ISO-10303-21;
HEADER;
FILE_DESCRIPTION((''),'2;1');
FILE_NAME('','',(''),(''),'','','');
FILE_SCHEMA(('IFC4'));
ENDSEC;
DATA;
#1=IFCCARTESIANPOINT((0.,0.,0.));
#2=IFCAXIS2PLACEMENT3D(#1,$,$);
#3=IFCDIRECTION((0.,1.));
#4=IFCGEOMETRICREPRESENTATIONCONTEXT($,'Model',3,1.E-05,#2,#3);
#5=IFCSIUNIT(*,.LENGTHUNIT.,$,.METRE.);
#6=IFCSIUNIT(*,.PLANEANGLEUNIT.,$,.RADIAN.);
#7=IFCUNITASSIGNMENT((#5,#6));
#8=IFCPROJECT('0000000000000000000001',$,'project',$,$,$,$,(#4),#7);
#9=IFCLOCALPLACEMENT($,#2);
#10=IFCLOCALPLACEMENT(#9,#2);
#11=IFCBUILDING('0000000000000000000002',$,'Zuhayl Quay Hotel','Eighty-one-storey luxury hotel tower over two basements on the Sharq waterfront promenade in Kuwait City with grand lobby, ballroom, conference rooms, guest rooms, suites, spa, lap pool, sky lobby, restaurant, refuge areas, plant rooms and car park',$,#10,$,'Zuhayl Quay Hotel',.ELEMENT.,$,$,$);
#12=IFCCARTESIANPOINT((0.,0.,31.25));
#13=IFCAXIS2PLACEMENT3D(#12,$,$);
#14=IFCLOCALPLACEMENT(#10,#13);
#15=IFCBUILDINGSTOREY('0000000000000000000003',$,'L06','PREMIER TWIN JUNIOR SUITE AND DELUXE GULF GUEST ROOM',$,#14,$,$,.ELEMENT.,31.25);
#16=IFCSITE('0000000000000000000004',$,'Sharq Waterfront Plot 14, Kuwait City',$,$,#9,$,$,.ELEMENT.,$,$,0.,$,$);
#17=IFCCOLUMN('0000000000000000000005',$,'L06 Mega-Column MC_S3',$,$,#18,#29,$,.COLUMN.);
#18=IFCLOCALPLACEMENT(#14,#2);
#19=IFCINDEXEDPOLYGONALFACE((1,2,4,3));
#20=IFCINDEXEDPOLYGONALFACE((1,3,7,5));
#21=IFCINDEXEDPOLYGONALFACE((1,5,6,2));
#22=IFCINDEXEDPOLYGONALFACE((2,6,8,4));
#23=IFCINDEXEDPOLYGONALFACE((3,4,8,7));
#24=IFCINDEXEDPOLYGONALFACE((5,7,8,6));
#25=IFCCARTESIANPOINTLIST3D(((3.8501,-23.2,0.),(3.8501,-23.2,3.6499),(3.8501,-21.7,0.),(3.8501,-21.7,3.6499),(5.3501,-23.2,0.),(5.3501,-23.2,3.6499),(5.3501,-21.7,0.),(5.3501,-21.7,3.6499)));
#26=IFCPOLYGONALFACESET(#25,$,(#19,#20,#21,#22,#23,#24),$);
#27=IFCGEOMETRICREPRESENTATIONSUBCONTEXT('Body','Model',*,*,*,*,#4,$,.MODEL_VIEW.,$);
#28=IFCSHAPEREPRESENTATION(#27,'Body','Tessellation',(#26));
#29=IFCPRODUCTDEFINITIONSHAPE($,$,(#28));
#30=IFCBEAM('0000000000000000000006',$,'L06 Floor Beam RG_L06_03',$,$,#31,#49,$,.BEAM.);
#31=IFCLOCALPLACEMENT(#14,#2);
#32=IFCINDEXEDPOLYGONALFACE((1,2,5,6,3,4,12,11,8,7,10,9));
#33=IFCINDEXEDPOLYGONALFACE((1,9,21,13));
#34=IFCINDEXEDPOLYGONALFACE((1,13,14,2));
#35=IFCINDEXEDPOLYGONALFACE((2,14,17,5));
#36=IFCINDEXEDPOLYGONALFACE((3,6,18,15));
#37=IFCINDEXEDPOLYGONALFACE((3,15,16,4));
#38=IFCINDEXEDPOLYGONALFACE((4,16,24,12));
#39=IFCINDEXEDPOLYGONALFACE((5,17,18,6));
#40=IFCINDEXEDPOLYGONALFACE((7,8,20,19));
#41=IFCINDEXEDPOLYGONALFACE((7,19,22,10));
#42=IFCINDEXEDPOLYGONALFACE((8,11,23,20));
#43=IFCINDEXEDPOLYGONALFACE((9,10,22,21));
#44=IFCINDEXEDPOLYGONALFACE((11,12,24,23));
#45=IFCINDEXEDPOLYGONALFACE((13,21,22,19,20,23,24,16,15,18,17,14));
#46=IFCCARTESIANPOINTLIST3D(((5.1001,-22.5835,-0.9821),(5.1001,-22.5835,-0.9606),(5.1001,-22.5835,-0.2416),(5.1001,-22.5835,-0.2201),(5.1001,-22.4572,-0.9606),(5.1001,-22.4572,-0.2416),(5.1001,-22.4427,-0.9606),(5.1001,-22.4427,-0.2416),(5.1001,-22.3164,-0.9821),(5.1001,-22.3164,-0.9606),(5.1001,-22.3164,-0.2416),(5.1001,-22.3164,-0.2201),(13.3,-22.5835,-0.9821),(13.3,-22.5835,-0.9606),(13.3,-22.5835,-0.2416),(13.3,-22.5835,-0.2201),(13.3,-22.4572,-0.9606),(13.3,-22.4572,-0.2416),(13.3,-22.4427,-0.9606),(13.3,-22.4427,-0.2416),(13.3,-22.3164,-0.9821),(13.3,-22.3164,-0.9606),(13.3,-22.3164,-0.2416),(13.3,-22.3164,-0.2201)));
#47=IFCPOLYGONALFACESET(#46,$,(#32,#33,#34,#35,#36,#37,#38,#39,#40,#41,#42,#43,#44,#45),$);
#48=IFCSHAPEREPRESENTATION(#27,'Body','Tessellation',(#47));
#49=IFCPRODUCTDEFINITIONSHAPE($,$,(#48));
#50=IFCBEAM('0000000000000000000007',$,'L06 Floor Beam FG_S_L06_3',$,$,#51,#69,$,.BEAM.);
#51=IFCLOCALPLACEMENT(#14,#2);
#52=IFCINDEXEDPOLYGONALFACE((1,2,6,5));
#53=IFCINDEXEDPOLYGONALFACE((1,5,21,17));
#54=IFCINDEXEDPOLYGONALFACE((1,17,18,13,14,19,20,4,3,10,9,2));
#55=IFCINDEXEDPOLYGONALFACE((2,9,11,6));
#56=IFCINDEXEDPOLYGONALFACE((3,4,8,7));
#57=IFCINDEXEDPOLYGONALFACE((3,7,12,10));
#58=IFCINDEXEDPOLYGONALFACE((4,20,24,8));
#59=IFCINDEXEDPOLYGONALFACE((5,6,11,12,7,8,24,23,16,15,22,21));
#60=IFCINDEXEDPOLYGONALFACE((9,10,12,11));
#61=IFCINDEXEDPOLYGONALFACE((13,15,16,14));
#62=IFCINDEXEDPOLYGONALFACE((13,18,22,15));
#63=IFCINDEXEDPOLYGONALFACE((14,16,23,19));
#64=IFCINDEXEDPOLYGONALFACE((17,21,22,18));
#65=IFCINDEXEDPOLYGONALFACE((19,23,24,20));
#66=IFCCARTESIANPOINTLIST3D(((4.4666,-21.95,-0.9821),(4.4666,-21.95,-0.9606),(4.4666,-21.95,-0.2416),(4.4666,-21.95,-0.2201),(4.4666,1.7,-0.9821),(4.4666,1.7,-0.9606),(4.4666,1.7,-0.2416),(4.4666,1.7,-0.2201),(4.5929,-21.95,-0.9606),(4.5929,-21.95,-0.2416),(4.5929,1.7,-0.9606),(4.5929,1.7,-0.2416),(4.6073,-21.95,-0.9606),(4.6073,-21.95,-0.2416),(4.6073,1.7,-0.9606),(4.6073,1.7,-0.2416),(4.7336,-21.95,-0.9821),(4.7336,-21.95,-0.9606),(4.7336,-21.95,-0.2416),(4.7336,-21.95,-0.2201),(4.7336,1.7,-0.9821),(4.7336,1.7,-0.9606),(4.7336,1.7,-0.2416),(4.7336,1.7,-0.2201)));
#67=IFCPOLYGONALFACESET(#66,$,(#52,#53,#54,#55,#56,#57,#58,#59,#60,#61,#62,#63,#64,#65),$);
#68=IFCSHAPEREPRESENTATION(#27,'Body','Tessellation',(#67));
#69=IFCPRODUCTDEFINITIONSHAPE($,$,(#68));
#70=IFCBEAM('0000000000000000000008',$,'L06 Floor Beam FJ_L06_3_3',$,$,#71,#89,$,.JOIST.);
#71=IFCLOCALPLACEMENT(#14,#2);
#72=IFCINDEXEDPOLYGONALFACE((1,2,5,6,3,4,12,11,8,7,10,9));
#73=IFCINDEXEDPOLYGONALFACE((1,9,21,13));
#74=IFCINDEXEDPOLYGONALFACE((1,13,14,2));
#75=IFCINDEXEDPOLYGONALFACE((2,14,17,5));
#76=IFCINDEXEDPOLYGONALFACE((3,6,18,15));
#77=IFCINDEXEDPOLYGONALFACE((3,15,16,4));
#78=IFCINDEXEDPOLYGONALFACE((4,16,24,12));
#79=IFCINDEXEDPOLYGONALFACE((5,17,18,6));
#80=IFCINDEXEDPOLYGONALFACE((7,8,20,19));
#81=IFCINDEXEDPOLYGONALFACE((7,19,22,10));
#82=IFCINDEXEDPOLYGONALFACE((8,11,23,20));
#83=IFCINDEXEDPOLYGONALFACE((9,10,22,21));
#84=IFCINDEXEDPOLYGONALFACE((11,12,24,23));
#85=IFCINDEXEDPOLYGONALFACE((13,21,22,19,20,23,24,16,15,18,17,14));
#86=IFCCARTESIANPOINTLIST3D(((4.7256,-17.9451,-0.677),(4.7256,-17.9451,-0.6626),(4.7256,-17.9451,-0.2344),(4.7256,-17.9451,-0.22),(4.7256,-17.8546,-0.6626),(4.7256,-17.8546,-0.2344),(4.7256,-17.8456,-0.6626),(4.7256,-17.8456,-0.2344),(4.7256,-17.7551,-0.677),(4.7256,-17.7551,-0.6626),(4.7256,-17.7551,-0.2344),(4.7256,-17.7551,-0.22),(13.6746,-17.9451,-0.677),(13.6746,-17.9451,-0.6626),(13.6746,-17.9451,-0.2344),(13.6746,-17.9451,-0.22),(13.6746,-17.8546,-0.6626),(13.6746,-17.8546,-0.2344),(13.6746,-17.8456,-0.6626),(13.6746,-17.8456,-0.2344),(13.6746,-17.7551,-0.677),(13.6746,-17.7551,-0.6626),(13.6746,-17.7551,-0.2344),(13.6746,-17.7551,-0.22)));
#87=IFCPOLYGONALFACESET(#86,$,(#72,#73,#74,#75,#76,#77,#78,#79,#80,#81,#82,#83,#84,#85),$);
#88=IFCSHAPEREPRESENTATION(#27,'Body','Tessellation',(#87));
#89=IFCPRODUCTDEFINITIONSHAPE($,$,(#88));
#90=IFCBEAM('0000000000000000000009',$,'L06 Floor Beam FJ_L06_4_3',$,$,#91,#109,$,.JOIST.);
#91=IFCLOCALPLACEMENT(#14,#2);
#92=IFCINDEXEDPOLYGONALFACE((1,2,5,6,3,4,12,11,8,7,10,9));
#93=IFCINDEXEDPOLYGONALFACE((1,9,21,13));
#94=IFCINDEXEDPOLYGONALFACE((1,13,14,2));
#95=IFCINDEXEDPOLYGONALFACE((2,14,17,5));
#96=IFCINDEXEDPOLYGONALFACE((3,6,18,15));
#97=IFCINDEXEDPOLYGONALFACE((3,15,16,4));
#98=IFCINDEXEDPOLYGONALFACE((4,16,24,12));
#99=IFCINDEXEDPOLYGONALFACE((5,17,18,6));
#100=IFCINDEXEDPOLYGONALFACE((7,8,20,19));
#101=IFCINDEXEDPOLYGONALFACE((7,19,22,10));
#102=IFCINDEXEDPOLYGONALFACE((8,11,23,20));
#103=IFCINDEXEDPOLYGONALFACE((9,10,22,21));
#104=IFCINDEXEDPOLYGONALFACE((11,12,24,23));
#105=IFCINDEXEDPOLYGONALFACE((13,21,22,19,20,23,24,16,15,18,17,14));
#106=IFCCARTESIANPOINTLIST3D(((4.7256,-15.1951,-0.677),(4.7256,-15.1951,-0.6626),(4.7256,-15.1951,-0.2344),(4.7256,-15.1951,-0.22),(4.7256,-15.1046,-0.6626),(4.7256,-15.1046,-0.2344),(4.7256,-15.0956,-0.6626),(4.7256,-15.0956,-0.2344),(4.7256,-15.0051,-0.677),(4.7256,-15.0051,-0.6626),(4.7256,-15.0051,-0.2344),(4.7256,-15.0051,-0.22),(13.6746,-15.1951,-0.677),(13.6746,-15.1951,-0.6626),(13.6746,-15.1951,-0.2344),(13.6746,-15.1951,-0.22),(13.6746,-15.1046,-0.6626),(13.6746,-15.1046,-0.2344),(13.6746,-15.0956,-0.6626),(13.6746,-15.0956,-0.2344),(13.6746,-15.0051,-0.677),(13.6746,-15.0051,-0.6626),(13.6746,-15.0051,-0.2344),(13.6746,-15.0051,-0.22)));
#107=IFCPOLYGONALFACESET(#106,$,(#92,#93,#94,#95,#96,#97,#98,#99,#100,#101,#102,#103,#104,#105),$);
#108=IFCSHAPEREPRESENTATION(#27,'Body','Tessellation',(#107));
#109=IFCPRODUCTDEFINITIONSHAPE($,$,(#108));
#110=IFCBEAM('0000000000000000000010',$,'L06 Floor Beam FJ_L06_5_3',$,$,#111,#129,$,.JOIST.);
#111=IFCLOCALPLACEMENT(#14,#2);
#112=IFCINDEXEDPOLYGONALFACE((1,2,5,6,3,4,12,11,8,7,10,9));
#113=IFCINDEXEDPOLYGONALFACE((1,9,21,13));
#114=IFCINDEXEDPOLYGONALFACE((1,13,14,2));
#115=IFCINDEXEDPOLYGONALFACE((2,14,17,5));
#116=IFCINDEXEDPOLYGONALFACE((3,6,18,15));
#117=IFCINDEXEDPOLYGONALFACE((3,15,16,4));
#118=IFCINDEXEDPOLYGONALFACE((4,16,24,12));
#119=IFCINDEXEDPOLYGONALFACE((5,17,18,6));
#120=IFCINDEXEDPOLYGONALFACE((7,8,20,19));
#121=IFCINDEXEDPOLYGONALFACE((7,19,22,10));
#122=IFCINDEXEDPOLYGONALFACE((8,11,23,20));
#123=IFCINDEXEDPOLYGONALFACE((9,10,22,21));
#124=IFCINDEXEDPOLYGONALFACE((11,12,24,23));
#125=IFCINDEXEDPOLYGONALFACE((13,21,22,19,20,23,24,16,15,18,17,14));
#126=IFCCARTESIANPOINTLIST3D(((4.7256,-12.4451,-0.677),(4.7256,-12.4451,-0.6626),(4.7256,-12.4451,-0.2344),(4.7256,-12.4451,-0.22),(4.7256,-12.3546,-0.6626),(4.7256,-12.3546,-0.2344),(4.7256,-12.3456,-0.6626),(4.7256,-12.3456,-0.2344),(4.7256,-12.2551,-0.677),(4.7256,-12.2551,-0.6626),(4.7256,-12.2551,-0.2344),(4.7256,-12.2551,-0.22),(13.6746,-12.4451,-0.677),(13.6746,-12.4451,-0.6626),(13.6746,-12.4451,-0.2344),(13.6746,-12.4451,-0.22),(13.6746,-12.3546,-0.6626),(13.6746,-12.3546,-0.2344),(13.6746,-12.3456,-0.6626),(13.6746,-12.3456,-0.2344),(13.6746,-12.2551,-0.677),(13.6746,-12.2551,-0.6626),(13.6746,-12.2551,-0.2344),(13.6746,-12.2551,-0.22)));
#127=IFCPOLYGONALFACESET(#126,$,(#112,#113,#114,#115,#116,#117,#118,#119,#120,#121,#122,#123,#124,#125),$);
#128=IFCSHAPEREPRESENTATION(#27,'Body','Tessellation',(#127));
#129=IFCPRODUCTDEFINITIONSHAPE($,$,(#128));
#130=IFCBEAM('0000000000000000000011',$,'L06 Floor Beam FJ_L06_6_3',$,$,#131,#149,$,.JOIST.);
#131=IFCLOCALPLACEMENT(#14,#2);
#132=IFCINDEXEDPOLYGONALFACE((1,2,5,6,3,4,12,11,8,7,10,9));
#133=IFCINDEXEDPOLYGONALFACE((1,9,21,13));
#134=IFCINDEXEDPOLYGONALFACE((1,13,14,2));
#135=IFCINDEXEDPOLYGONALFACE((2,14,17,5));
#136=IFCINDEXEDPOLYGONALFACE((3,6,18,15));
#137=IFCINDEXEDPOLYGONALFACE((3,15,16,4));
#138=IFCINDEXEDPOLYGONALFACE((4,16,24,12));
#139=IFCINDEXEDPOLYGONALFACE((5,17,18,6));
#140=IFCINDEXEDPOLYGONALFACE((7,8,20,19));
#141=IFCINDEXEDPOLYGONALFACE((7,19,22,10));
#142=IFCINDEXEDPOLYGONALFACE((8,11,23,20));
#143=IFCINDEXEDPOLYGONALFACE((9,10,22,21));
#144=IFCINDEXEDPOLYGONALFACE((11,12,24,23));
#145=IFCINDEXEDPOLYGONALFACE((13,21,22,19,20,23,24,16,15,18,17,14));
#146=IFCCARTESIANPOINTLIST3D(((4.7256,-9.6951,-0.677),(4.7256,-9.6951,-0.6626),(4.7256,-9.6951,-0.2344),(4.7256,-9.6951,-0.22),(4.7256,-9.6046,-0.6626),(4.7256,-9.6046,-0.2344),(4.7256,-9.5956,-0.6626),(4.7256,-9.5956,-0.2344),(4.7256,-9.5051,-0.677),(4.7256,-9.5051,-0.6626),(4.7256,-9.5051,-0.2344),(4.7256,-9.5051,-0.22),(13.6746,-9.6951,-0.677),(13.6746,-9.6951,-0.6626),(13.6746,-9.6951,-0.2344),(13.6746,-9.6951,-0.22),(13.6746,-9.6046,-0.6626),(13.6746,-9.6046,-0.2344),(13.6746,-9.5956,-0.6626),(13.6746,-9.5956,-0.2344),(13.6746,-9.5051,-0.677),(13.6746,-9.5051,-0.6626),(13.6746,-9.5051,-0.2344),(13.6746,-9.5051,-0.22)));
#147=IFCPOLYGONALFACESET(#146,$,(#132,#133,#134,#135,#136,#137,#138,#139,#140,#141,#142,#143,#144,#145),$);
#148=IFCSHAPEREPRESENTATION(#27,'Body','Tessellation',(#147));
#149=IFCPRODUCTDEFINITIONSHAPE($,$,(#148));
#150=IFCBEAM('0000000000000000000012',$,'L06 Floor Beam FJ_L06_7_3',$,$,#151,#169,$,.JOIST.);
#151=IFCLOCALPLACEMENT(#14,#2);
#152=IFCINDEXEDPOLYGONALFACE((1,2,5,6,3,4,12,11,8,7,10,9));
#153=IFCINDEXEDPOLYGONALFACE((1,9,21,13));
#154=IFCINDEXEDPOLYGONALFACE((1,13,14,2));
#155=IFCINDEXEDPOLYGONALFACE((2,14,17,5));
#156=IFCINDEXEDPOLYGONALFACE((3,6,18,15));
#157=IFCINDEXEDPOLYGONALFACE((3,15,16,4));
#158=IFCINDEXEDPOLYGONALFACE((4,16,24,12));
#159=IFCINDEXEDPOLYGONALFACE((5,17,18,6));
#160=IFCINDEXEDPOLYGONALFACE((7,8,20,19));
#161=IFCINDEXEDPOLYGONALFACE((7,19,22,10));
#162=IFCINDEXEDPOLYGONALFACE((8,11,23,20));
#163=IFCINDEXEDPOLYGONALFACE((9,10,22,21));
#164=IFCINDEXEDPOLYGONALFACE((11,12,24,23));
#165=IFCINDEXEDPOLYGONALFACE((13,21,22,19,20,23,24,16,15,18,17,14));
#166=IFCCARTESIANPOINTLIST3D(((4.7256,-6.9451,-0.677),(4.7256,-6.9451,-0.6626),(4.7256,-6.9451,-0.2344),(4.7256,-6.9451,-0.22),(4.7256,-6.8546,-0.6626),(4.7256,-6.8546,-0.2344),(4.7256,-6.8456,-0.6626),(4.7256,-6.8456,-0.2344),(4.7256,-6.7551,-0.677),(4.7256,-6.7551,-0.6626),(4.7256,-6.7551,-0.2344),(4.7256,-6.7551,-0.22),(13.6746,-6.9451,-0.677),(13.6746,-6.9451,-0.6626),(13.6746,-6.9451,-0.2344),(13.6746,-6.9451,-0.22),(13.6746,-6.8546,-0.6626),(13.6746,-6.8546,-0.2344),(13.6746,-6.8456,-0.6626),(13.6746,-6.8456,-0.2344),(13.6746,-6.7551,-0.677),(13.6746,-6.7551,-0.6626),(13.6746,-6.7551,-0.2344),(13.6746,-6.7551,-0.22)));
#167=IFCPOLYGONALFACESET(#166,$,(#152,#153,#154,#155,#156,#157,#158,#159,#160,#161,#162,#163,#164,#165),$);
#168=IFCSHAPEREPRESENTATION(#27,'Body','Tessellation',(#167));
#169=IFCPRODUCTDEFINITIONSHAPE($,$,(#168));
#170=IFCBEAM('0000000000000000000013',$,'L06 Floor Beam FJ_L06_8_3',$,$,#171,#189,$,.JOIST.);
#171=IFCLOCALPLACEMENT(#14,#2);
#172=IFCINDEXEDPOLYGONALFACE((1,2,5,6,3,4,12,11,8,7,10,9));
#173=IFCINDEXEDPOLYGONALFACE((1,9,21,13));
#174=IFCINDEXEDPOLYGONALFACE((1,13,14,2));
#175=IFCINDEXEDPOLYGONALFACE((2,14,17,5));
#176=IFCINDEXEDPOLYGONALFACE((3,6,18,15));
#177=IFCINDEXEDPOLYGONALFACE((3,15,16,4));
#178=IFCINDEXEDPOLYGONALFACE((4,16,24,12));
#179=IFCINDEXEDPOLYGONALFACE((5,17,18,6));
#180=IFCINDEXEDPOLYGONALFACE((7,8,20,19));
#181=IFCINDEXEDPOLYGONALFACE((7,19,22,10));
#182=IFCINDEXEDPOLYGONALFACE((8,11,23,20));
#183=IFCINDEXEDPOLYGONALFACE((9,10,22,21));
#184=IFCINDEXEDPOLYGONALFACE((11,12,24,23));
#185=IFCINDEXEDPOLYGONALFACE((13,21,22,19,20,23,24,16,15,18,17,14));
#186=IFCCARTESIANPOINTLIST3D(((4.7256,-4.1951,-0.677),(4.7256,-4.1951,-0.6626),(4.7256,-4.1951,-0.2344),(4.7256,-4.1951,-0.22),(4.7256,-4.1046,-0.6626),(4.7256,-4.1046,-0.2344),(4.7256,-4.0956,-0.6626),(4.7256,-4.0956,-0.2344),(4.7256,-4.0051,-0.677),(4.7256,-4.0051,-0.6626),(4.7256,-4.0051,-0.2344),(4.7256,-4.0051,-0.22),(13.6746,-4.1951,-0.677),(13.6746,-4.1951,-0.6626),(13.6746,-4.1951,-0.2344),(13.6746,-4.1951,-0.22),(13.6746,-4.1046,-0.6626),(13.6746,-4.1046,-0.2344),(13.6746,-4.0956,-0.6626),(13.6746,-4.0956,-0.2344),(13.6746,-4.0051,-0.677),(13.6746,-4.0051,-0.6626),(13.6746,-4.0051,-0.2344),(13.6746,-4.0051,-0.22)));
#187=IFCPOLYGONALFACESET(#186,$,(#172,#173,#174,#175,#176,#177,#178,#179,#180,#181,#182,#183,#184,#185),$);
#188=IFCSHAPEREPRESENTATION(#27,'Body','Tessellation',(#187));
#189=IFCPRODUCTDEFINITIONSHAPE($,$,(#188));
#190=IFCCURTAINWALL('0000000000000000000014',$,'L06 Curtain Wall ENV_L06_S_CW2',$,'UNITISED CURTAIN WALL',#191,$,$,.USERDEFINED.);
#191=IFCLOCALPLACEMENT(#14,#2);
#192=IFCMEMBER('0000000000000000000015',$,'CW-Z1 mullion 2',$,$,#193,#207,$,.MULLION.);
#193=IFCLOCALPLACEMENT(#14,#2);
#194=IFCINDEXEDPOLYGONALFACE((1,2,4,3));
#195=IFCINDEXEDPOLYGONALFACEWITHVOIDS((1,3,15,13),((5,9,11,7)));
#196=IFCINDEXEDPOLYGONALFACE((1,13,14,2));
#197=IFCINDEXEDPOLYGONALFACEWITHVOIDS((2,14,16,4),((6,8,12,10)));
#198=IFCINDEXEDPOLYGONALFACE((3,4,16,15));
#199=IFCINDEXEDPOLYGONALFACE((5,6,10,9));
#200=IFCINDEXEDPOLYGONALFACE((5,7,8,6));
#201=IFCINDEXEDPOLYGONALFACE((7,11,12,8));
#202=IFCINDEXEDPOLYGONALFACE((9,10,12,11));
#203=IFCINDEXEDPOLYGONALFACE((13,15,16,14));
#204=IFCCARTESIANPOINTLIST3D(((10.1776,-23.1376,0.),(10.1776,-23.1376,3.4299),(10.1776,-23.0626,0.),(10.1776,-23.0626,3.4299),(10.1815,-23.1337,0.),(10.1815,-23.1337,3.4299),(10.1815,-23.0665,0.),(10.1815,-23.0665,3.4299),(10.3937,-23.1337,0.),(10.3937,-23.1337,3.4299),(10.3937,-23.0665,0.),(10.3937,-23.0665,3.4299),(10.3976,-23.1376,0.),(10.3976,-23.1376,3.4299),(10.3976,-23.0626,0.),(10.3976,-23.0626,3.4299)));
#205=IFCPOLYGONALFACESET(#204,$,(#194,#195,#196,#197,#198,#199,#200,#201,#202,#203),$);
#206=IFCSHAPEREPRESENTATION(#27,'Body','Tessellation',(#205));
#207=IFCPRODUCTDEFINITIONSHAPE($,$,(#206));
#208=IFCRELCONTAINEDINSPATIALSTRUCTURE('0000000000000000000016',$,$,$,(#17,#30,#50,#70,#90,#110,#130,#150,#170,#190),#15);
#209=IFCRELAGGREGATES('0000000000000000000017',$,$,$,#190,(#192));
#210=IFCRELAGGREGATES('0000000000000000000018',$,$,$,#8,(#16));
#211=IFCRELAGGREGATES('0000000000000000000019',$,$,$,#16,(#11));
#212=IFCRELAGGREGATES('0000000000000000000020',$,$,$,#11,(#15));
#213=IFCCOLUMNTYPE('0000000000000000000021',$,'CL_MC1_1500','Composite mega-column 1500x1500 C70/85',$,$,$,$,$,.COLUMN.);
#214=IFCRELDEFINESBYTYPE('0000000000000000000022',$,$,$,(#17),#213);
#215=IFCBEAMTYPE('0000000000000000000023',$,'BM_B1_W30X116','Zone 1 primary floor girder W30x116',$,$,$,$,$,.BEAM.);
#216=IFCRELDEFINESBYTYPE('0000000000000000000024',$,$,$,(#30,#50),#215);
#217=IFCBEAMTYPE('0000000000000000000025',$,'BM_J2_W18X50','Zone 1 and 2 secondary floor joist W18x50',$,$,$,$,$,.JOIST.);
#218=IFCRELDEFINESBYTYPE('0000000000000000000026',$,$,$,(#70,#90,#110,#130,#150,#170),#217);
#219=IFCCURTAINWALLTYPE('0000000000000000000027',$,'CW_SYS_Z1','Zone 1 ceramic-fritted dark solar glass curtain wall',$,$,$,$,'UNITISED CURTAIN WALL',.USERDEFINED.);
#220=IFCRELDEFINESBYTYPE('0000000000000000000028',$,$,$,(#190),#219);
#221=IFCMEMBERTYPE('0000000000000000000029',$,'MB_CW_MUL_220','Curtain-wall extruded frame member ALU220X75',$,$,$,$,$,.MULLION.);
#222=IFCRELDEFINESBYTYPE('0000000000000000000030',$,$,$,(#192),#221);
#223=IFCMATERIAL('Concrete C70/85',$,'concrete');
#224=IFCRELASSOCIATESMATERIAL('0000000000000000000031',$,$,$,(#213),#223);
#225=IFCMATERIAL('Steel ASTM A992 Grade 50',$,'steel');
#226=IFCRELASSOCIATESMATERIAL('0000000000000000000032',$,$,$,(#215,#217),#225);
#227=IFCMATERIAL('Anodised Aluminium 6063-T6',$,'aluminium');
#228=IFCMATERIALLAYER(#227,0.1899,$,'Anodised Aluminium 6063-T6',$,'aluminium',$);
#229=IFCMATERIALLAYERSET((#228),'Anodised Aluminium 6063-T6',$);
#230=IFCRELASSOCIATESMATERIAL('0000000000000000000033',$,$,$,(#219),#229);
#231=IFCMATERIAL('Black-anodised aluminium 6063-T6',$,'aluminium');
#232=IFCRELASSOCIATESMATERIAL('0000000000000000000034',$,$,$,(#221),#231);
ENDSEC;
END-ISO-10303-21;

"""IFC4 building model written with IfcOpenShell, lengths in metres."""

from ifc_helpers import new_model, si_unit, direction, frame, origin, origin_2d, place, context, subcontext, project, spatial, rectangle, hollow_rectangle, i_section, extrude, material, layer, layer_set, material_profile, profile_set, type_object, element, aggregate, save


model = new_model("IFC4")

# Units and contexts
model_context = context("Model", 3, precision=1e-05, world=origin(), true_north=direction((0.0, 1.0)))
body_context = subcontext(model_context, "Body", "Model", "MODEL_VIEW")
ifc_project = project(units=[si_unit("LENGTHUNIT", "METRE"), si_unit("PLANEANGLEUNIT", "RADIAN")], contexts=[model_context])

# Site, building, storey
site_placement = place(None, origin())
site = spatial("IfcSite", under=ifc_project, at=site_placement, Name="Sharq Waterfront Plot 14, Kuwait City", CompositionType="ELEMENT", RefElevation=0.0)
building_placement = place(site_placement, origin())
building = spatial("IfcBuilding", under=site, at=building_placement, Name="Zuhayl Quay Hotel", Description="Eighty-one-storey luxury hotel tower over two basements on the Sharq waterfront promenade in Kuwait City with grand lobby, ballroom, conference rooms, guest rooms, suites, spa, lap pool, sky lobby, restaurant, refuge areas, plant rooms and car park", LongName="Zuhayl Quay Hotel", CompositionType="ELEMENT")
storey_placement = place(building_placement, frame((0.0, 0.0, 31.25)))
storey = spatial("IfcBuildingStorey", under=building, at=storey_placement, Name="L06", Description="PREMIER TWIN JUNIOR SUITE AND DELUXE GULF GUEST ROOM", CompositionType="ELEMENT", Elevation=31.25)

# Column
ifc_material_1 = material(Name="Concrete C70/85", Category="concrete")
ifc_material_profile_1 = material_profile(ifc_material_1, rectangle(XDim=1.5, YDim=1.5, at=origin_2d()), Name="RC1500X1500")
ifc_profile_set_1 = profile_set([ifc_material_profile_1], Name="Concrete C70/85")
column_type = type_object("IfcColumnType", Name="CL_MC1_1500", Description="Composite mega-column 1500x1500 C70/85", PredefinedType="COLUMN", material=ifc_profile_set_1)
column_placement = place(storey_placement, frame((4.6001, -22.45, 0.0), z_axis=(0.0, 0.0, 1.0), x_axis=(1.0, 0.0, 0.0)))
element("IfcColumn", 1, at=column_placement, inside=storey, type_object=column_type, Name="L06 Mega-Column MC_S3", PredefinedType="COLUMN", context=body_context, shape_type="SweptSolid", body=[
    extrude(rectangle(XDim=1.5, YDim=1.5, at=origin_2d()), origin(), (0.0, 0.0, 1.0), 3.6499),
])

# Beams
ifc_material_2 = material(Name="Steel ASTM A992 Grade 50", Category="steel")
ifc_material_profile_2 = material_profile(ifc_material_2, i_section(OverallWidth=0.2671, OverallDepth=0.762, WebThickness=0.0144, FlangeThickness=0.0215, at=origin_2d()), Name="W30X116")
ifc_profile_set_2 = profile_set([ifc_material_profile_2], Name="Steel ASTM A992 Grade 50")
beam_type_1 = type_object("IfcBeamType", Name="BM_B1_W30X116", Description="Zone 1 primary floor girder W30x116", PredefinedType="BEAM", material=ifc_profile_set_2)
beam_1_placement = place(storey_placement, frame((5.1001, -22.45, -0.6011), z_axis=(1.0, 0.0, 0.0), x_axis=(0.0, 1.0, 0.0)))
element("IfcBeam", 2, at=beam_1_placement, inside=storey, type_object=beam_type_1, Name="L06 Floor Beam RG_L06_03", PredefinedType="BEAM", context=body_context, shape_type="SweptSolid", body=[
    extrude(i_section(OverallWidth=0.2671, OverallDepth=0.762, WebThickness=0.0144, FlangeThickness=0.0215, at=origin_2d()), origin(), (0.0, 0.0, 1.0), 8.2),
])
beam_2_placement = place(storey_placement, frame((4.6001, -21.95, -0.6011), z_axis=(0.0, 1.0, 0.0), x_axis=(-1.0, 0.0, 0.0)))
element("IfcBeam", 3, at=beam_2_placement, inside=storey, type_object=beam_type_1, Name="L06 Floor Beam FG_S_L06_3", PredefinedType="BEAM", context=body_context, shape_type="SweptSolid", body=[
    extrude(i_section(OverallWidth=0.2671, OverallDepth=0.762, WebThickness=0.0144, FlangeThickness=0.0215, at=origin_2d()), origin(), (0.0, 0.0, 1.0), 23.6499),
])
ifc_material_profile_3 = material_profile(ifc_material_2, i_section(OverallWidth=0.1899, OverallDepth=0.457, WebThickness=0.009, FlangeThickness=0.0144, at=origin_2d()), Name="W18X50")
ifc_profile_set_3 = profile_set([ifc_material_profile_3], Name="Steel ASTM A992 Grade 50")
beam_type_2 = type_object("IfcBeamType", Name="BM_J2_W18X50", Description="Zone 1 and 2 secondary floor joist W18x50", PredefinedType="JOIST", material=ifc_profile_set_3)
for number, where, z_axis, x_axis, name in (
    (4, (4.7256, -17.8501, -0.4485), (1.0, 0.0, 0.0), (0.0, 1.0, 0.0), "L06 Floor Beam FJ_L06_3_3"),
    (5, (4.7256, -15.1001, -0.4485), (1.0, 0.0, 0.0), (0.0, 1.0, 0.0), "L06 Floor Beam FJ_L06_4_3"),
    (6, (4.7256, -12.3501, -0.4485), (1.0, 0.0, 0.0), (0.0, 1.0, 0.0), "L06 Floor Beam FJ_L06_5_3"),
    (7, (4.7256, -9.6001, -0.4485), (1.0, 0.0, 0.0), (0.0, 1.0, 0.0), "L06 Floor Beam FJ_L06_6_3"),
    (8, (4.7256, -6.8501, -0.4485), (1.0, 0.0, 0.0), (0.0, 1.0, 0.0), "L06 Floor Beam FJ_L06_7_3"),
    (9, (4.7256, -4.1001, -0.4485), (1.0, 0.0, 0.0), (0.0, 1.0, 0.0), "L06 Floor Beam FJ_L06_8_3"),
):
    element("IfcBeam", number, at=place(storey_placement, frame(where, z_axis=z_axis, x_axis=x_axis)), inside=storey, type_object=beam_type_2, Name=name, PredefinedType="JOIST", context=body_context, shape_type="SweptSolid", body=[
        extrude(i_section(OverallWidth=0.1899, OverallDepth=0.457, WebThickness=0.009, FlangeThickness=0.0144, at=origin_2d()), origin(), (0.0, 0.0, 1.0), 8.949),
    ])

# Curtain wall, member
ifc_material_3 = material(Name="Anodised Aluminium 6063-T6", Category="aluminium")
ifc_layer_1 = layer(ifc_material_3, 0.1899, Name="Anodised Aluminium 6063-T6", Category="aluminium")
ifc_layer_set_1 = layer_set([ifc_layer_1], Name="Anodised Aluminium 6063-T6")
curtain_wall_type = type_object("IfcCurtainWallType", Name="CW_SYS_Z1", Description="Zone 1 ceramic-fritted dark solar glass curtain wall", ElementType="UNITISED CURTAIN WALL", PredefinedType="USERDEFINED", material=ifc_layer_set_1)
curtain_wall_1_placement = place(storey_placement, origin())
curtain_wall_1 = element("IfcCurtainWall", 10, at=curtain_wall_1_placement, inside=storey, type_object=curtain_wall_type, Name="L06 Curtain Wall ENV_L06_S_CW2", ObjectType="UNITISED CURTAIN WALL", PredefinedType="USERDEFINED")
ifc_material_4 = material(Name="Black-anodised aluminium 6063-T6", Category="aluminium")
ifc_material_profile_4 = material_profile(ifc_material_4, hollow_rectangle(XDim=0.075, YDim=0.22, WallThickness=0.0039, at=origin_2d()), Name="ALU220X75")
ifc_profile_set_4 = profile_set([ifc_material_profile_4], Name="Black-anodised aluminium 6063-T6")
member_type_1 = type_object("IfcMemberType", Name="MB_CW_MUL_220", Description="Curtain-wall extruded frame member ALU220X75", PredefinedType="MULLION", material=ifc_profile_set_4)
member_1_placement = place(storey_placement, frame((10.2876, -23.1001, 0.0), z_axis=(0.0, 0.0, 1.0), x_axis=(0.0, -1.0, 0.0)))
member_1 = element("IfcMember", 11, at=member_1_placement, type_object=member_type_1, Name="CW-Z1 mullion 2", PredefinedType="MULLION", context=body_context, shape_type="SweptSolid", body=[
    extrude(hollow_rectangle(XDim=0.075, YDim=0.22, WallThickness=0.0039, at=origin_2d()), origin(), (0.0, 0.0, 1.0), 3.4299),
])

aggregate(curtain_wall_1, [member_1])

save(model, "model.ifc")
